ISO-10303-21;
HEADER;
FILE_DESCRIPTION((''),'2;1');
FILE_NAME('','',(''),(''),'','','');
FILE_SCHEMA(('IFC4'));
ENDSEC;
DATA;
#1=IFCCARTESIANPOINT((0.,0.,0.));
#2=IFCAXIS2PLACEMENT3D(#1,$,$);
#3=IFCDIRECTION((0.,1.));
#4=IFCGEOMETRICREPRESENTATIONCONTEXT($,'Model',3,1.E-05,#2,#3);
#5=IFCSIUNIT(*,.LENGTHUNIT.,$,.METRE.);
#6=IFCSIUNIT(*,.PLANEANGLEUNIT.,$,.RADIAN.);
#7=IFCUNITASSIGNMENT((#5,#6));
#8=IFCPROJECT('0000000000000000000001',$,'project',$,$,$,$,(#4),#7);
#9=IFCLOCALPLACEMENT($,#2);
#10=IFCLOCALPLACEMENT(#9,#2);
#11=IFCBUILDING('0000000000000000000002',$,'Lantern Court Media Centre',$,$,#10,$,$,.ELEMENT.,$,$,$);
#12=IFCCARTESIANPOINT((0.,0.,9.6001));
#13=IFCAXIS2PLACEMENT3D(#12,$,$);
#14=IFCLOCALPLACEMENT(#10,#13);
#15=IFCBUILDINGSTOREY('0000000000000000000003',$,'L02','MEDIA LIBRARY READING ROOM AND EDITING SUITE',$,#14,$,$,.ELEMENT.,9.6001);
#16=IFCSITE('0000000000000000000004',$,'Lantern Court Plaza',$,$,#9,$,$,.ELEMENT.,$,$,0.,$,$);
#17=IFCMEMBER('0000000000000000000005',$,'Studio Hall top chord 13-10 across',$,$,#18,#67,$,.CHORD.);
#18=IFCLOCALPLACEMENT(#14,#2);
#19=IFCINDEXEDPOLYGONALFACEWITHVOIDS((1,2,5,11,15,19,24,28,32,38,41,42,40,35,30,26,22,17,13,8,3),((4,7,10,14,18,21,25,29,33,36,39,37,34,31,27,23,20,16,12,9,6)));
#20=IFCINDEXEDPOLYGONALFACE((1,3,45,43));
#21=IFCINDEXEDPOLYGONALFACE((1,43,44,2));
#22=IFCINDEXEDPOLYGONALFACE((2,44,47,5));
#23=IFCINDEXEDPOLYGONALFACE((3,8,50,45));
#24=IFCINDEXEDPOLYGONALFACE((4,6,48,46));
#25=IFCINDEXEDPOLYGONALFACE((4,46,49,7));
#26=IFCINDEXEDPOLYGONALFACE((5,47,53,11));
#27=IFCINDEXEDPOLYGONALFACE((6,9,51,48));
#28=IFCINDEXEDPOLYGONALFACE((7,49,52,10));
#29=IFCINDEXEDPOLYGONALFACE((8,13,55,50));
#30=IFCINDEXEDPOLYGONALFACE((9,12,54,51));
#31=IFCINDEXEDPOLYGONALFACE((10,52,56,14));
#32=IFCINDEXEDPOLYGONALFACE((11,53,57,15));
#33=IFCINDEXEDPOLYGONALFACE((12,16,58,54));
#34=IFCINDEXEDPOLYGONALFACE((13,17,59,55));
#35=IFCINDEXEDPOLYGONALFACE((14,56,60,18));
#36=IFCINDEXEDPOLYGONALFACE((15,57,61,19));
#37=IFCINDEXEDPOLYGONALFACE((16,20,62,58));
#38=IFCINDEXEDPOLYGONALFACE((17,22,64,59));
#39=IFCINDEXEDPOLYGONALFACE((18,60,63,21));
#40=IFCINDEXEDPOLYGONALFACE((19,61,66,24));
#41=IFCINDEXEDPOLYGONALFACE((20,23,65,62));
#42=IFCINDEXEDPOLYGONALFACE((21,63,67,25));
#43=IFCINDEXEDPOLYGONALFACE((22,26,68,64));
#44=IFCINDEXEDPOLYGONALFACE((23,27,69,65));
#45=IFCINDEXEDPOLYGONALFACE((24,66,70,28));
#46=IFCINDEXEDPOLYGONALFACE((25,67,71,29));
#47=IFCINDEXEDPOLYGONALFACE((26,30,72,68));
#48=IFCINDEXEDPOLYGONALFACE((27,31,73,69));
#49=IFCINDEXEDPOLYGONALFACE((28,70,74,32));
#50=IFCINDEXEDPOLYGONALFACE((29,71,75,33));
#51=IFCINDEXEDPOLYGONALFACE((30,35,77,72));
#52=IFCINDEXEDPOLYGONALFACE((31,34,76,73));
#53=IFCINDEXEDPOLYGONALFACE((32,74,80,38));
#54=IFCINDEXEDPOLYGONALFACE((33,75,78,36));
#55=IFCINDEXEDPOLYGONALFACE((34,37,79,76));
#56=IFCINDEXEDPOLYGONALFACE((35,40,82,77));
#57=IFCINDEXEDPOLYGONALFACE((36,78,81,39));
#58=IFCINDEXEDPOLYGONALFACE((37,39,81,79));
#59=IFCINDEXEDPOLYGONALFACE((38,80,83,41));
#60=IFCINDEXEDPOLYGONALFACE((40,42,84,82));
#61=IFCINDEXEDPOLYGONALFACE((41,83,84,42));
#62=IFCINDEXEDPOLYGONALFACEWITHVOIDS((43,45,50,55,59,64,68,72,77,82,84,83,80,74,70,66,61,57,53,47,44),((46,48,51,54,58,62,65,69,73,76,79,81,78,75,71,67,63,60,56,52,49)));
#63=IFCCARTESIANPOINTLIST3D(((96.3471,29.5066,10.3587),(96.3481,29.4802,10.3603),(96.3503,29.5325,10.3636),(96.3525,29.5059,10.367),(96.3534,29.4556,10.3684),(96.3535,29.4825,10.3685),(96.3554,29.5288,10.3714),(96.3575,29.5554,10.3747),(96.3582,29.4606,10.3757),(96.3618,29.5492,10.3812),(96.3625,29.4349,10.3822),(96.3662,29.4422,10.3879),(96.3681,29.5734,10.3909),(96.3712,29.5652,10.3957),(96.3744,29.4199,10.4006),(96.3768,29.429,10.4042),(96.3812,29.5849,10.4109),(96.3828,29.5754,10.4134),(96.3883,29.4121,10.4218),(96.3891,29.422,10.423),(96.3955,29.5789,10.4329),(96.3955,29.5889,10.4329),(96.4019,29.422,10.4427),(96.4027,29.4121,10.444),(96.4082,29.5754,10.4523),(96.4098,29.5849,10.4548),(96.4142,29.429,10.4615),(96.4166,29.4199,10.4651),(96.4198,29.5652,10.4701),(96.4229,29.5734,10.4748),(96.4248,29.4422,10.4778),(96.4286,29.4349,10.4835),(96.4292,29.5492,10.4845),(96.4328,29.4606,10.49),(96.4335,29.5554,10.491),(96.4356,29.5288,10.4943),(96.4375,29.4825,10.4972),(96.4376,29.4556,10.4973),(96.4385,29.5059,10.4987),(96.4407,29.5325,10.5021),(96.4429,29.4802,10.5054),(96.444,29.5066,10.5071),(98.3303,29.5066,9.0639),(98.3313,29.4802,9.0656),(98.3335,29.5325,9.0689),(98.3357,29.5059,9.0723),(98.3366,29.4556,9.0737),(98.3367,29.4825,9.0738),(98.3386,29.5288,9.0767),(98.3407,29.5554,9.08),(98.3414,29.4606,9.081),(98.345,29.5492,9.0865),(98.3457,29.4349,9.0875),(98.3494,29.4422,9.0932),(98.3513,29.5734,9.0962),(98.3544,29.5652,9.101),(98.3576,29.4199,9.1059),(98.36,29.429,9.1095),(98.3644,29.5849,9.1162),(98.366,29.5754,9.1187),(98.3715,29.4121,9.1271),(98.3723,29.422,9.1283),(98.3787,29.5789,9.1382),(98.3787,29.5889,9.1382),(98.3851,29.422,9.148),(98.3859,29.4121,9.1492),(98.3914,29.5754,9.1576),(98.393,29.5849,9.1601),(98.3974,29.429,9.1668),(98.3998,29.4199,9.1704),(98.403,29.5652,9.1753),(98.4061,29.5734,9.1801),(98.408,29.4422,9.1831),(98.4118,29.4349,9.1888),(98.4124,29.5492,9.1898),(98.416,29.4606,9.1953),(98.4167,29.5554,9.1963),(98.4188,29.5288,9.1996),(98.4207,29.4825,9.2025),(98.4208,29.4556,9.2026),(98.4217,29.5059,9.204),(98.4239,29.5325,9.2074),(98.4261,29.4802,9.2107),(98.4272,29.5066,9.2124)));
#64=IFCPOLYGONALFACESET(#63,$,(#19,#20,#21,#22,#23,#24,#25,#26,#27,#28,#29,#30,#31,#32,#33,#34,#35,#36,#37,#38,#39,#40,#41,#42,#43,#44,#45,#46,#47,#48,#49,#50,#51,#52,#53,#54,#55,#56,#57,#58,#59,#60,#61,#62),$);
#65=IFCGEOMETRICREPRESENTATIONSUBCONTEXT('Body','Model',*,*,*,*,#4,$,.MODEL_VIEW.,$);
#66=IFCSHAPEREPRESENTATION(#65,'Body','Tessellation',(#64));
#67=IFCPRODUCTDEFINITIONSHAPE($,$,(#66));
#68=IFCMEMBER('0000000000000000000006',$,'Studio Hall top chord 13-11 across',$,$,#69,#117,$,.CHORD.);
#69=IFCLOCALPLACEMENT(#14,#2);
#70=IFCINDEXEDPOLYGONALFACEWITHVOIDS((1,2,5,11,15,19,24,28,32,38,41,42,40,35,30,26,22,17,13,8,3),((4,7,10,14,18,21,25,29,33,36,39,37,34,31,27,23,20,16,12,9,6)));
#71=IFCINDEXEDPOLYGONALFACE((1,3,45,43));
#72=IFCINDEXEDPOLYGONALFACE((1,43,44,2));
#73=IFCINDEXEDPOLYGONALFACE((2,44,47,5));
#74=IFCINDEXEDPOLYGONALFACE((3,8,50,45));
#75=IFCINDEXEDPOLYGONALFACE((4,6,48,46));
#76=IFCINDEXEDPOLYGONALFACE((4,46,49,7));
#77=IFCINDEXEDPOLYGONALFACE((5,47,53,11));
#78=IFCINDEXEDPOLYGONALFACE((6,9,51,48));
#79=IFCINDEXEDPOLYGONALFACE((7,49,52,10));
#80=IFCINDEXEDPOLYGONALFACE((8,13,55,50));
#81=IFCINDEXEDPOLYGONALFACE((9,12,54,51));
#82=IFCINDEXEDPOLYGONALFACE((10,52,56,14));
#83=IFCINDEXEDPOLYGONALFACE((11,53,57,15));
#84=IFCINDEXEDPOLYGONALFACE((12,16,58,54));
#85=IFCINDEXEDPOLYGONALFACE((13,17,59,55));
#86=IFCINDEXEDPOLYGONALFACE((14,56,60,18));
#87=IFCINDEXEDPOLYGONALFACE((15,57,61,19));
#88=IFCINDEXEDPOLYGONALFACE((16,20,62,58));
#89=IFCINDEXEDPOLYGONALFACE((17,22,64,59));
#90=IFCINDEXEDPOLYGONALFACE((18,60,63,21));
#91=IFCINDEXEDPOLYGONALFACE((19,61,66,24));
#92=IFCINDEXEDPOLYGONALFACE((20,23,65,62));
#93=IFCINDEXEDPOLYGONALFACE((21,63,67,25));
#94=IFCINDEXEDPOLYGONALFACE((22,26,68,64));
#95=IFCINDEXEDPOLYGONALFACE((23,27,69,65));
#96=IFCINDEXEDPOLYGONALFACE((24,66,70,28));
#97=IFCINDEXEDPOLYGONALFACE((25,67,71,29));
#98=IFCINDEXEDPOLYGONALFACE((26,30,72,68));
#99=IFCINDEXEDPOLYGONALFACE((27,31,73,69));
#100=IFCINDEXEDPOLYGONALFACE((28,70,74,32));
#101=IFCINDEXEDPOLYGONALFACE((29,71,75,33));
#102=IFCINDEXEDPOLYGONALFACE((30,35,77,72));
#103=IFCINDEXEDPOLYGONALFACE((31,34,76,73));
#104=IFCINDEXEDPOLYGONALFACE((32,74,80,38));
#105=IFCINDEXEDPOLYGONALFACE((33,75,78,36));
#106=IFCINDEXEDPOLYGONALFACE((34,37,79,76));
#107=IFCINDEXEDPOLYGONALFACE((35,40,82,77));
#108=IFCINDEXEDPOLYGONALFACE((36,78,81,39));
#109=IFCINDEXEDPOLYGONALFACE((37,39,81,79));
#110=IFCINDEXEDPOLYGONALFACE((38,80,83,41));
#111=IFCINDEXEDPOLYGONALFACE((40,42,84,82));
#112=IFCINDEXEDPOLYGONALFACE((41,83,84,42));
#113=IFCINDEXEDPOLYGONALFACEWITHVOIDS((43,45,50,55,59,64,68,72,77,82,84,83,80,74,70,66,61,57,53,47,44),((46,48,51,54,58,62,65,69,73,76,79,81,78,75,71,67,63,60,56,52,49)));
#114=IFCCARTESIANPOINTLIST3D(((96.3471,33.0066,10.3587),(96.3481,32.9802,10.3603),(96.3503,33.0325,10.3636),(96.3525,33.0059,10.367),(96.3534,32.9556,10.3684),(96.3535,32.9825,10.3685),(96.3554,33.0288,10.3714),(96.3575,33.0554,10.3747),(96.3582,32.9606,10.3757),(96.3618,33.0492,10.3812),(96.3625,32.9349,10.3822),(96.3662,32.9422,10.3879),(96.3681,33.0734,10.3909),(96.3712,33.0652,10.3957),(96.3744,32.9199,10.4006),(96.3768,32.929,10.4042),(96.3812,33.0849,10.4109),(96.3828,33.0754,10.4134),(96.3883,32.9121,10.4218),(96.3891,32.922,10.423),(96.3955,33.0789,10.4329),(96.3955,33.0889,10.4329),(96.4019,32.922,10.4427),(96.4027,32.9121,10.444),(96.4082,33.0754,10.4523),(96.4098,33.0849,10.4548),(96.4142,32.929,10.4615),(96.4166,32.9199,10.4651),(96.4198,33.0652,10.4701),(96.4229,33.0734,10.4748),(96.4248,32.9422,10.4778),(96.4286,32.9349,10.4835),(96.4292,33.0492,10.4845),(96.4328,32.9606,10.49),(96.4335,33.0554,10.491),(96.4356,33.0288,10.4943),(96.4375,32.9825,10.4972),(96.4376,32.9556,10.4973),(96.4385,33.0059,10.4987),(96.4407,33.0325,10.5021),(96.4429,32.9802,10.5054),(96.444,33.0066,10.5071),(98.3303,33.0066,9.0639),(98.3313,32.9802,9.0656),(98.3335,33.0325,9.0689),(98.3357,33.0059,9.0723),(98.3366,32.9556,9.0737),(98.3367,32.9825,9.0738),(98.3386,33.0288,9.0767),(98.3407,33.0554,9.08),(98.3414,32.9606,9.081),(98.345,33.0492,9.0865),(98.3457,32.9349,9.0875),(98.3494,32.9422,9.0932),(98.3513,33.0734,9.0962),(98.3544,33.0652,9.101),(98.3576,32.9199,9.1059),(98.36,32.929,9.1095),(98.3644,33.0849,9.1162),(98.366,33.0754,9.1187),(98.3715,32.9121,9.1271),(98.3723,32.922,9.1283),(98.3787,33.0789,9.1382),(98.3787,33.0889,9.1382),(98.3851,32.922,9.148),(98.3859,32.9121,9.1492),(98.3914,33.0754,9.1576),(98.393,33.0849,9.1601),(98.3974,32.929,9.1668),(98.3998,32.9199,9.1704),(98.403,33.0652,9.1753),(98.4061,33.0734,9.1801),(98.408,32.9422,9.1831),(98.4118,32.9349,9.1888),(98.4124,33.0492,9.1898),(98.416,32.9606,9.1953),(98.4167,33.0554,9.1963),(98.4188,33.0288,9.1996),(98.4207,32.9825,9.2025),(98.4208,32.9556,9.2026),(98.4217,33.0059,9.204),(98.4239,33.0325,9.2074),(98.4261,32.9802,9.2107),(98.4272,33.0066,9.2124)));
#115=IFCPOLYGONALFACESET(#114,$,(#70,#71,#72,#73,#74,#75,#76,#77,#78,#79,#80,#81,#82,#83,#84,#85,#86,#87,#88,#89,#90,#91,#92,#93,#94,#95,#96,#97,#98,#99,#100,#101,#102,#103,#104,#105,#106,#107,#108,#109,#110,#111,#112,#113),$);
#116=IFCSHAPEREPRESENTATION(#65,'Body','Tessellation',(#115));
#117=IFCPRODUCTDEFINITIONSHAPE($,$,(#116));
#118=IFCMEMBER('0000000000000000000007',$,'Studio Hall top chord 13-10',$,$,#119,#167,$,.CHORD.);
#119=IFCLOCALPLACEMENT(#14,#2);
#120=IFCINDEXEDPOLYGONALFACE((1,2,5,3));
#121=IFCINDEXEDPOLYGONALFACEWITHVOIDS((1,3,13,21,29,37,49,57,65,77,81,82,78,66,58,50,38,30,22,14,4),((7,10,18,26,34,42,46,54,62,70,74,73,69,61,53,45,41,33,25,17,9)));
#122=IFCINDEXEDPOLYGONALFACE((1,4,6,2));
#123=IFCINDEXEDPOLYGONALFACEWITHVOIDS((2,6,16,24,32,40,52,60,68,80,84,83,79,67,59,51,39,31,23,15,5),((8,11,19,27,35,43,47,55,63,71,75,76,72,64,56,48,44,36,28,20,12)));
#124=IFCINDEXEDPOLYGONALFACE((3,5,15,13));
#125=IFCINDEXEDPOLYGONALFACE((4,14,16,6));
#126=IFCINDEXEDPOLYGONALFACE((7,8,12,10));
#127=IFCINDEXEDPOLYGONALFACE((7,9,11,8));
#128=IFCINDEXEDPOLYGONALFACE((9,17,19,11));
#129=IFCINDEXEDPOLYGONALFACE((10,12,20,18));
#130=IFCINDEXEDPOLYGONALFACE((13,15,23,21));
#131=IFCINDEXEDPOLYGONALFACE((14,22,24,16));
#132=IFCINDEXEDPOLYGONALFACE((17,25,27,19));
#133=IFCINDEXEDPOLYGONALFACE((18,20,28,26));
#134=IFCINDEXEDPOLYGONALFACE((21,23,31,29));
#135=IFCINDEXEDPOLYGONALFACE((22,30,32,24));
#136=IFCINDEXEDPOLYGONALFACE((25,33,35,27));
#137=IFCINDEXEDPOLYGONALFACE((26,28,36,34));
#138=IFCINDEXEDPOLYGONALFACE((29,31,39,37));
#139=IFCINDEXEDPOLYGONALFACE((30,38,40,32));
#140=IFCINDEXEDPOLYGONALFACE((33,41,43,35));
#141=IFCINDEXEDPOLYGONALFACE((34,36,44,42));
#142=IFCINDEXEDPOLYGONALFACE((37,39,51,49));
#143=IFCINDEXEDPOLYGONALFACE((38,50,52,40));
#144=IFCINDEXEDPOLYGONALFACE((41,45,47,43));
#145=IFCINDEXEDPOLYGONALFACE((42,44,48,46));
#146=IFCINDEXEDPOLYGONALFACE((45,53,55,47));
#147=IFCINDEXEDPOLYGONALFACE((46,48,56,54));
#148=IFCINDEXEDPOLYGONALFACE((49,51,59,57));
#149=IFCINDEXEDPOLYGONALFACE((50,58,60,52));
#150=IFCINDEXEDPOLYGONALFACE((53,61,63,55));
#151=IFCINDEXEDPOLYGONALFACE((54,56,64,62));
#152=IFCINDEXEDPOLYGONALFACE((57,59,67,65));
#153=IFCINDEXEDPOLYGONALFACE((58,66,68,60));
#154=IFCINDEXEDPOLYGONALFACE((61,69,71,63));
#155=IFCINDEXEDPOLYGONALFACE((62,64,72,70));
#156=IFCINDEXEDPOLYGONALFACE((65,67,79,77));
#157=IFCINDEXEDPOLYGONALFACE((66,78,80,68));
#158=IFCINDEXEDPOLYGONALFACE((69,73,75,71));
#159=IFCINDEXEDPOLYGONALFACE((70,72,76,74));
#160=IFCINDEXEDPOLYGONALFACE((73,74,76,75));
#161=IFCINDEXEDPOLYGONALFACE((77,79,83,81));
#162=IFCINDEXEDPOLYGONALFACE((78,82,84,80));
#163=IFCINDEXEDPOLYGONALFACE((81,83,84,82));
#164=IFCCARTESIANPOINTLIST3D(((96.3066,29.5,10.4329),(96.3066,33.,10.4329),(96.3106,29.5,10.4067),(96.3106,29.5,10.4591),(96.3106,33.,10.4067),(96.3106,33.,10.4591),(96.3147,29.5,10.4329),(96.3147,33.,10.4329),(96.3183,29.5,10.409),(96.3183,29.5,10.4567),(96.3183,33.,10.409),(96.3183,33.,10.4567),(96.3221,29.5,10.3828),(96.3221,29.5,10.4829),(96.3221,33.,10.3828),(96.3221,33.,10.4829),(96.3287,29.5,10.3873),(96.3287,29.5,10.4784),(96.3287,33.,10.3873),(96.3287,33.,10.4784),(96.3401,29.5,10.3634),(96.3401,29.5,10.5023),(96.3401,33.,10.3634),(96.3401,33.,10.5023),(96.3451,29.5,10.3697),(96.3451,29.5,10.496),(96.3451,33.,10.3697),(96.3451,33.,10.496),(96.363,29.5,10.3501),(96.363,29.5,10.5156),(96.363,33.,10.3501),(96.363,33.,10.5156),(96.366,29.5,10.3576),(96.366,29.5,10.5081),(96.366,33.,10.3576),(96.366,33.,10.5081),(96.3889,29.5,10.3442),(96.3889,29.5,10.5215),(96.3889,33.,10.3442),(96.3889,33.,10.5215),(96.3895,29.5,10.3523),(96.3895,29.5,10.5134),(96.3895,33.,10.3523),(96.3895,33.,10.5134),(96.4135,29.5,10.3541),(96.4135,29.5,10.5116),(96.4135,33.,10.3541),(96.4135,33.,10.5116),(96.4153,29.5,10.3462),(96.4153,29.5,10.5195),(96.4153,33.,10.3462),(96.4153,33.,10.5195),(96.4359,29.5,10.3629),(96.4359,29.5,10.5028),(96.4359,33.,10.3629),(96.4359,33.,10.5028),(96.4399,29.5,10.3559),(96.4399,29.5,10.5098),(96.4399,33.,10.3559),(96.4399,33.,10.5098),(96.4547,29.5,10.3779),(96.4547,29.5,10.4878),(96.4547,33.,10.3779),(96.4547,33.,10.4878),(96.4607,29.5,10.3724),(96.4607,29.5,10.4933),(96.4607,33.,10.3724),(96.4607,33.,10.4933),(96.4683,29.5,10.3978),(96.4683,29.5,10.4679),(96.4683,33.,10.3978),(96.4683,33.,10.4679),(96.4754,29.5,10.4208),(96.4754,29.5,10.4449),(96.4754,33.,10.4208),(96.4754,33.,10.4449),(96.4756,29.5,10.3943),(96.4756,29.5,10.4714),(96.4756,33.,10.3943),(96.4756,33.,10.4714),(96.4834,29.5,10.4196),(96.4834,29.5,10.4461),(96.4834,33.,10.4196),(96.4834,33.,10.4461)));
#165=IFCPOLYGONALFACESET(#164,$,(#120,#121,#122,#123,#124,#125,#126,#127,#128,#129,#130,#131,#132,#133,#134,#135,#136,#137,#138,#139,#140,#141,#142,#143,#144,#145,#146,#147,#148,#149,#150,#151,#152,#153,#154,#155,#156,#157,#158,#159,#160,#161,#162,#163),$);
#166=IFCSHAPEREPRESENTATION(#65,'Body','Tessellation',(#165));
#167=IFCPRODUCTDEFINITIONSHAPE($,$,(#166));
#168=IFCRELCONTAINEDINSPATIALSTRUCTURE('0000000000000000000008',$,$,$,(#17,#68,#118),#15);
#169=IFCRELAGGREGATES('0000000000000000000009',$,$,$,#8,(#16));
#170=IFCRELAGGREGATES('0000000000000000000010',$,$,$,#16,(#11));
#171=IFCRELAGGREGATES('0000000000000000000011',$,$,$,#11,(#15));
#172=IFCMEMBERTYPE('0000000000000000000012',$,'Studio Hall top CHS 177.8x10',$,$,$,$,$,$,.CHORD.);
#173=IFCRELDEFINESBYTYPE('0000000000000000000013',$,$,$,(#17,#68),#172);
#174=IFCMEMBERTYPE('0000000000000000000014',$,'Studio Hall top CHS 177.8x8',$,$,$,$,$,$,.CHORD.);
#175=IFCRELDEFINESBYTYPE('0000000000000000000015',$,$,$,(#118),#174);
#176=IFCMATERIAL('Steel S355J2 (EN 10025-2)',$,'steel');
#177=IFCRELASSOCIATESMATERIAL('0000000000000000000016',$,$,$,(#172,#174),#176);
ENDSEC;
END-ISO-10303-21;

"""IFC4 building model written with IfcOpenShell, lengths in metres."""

from ifc_helpers import new_model, si_unit, direction, frame, origin, origin_2d, place, context, subcontext, project, spatial, hollow_circle, extrude, material, material_profile, profile_set, type_object, element, save


model = new_model("IFC4")

# Units and contexts
model_context = context("Model", 3, precision=1e-05, world=origin(), true_north=direction((0.0, 1.0)))
body_context = subcontext(model_context, "Body", "Model", "MODEL_VIEW")
ifc_project = project(units=[si_unit("LENGTHUNIT", "METRE"), si_unit("PLANEANGLEUNIT", "RADIAN")], contexts=[model_context])

# Site, building, storey
site_placement = place(None, origin())
site = spatial("IfcSite", under=ifc_project, at=site_placement, Name="Lantern Court Plaza", CompositionType="ELEMENT", RefElevation=0.0)
building_placement = place(site_placement, origin())
building = spatial("IfcBuilding", under=site, at=building_placement, Name="Lantern Court Media Centre", CompositionType="ELEMENT")
storey_placement = place(building_placement, frame((0.0, 0.0, 9.6001)))
storey = spatial("IfcBuildingStorey", under=building, at=storey_placement, Name="L02", Description="MEDIA LIBRARY READING ROOM AND EDITING SUITE", CompositionType="ELEMENT", Elevation=9.6001)

# Members
ifc_material = material(Name="Steel S355J2 (EN 10025-2)", Category="steel")
ifc_material_profile_1 = material_profile(ifc_material, hollow_circle(Radius=0.0889, WallThickness=0.01, at=origin_2d()), Name="Studio Hall top CHS 177.8x10")
ifc_profile_set_1 = profile_set([ifc_material_profile_1], Name="Steel S355J2 (EN 10025-2)")
member_type_1 = type_object("IfcMemberType", Name="Studio Hall top CHS 177.8x10", PredefinedType="CHORD", material=ifc_profile_set_1)
for number, where, z_axis, x_axis, name in (
    (1, (96.3955, 29.5, 10.4329), (0.837356, 0.0, -0.546658), (0.0, 1.0, 0.0), "Studio Hall top chord 13-10 across"),
    (2, (96.3955, 33.0, 10.4329), (0.837356, 0.0, -0.546658), (0.0, 1.0, 0.0), "Studio Hall top chord 13-11 across"),
):
    element("IfcMember", number, at=place(storey_placement, frame(where, z_axis=z_axis, x_axis=x_axis)), inside=storey, type_object=member_type_1, Name=name, PredefinedType="CHORD", context=body_context, shape_type="SweptSolid", body=[
        extrude(hollow_circle(Radius=0.0889, WallThickness=0.01, at=origin_2d()), origin(), (0.0, 0.0, 1.0), 2.3684),
    ])
ifc_material_profile_2 = material_profile(ifc_material, hollow_circle(Radius=0.0889, WallThickness=0.0081, at=origin_2d()), Name="Studio Hall top CHS 177.8x8")
ifc_profile_set_2 = profile_set([ifc_material_profile_2], Name="Steel S355J2 (EN 10025-2)")
member_type_2 = type_object("IfcMemberType", Name="Studio Hall top CHS 177.8x8", PredefinedType="CHORD", material=ifc_profile_set_2)
for number, where, z_axis, x_axis, name in (
    (3, (96.3955, 29.5, 10.4329), (0.0, 1.0, 0.0), (-1.0, 0.0, 0.0), "Studio Hall top chord 13-10"),
):
    element("IfcMember", number, at=place(storey_placement, frame(where, z_axis=z_axis, x_axis=x_axis)), inside=storey, type_object=member_type_2, Name=name, PredefinedType="CHORD", context=body_context, shape_type="SweptSolid", body=[
        extrude(hollow_circle(Radius=0.0889, WallThickness=0.0081, at=origin_2d()), origin(), (0.0, 0.0, 1.0), 3.5),
    ])

save(model, "model.ifc")
